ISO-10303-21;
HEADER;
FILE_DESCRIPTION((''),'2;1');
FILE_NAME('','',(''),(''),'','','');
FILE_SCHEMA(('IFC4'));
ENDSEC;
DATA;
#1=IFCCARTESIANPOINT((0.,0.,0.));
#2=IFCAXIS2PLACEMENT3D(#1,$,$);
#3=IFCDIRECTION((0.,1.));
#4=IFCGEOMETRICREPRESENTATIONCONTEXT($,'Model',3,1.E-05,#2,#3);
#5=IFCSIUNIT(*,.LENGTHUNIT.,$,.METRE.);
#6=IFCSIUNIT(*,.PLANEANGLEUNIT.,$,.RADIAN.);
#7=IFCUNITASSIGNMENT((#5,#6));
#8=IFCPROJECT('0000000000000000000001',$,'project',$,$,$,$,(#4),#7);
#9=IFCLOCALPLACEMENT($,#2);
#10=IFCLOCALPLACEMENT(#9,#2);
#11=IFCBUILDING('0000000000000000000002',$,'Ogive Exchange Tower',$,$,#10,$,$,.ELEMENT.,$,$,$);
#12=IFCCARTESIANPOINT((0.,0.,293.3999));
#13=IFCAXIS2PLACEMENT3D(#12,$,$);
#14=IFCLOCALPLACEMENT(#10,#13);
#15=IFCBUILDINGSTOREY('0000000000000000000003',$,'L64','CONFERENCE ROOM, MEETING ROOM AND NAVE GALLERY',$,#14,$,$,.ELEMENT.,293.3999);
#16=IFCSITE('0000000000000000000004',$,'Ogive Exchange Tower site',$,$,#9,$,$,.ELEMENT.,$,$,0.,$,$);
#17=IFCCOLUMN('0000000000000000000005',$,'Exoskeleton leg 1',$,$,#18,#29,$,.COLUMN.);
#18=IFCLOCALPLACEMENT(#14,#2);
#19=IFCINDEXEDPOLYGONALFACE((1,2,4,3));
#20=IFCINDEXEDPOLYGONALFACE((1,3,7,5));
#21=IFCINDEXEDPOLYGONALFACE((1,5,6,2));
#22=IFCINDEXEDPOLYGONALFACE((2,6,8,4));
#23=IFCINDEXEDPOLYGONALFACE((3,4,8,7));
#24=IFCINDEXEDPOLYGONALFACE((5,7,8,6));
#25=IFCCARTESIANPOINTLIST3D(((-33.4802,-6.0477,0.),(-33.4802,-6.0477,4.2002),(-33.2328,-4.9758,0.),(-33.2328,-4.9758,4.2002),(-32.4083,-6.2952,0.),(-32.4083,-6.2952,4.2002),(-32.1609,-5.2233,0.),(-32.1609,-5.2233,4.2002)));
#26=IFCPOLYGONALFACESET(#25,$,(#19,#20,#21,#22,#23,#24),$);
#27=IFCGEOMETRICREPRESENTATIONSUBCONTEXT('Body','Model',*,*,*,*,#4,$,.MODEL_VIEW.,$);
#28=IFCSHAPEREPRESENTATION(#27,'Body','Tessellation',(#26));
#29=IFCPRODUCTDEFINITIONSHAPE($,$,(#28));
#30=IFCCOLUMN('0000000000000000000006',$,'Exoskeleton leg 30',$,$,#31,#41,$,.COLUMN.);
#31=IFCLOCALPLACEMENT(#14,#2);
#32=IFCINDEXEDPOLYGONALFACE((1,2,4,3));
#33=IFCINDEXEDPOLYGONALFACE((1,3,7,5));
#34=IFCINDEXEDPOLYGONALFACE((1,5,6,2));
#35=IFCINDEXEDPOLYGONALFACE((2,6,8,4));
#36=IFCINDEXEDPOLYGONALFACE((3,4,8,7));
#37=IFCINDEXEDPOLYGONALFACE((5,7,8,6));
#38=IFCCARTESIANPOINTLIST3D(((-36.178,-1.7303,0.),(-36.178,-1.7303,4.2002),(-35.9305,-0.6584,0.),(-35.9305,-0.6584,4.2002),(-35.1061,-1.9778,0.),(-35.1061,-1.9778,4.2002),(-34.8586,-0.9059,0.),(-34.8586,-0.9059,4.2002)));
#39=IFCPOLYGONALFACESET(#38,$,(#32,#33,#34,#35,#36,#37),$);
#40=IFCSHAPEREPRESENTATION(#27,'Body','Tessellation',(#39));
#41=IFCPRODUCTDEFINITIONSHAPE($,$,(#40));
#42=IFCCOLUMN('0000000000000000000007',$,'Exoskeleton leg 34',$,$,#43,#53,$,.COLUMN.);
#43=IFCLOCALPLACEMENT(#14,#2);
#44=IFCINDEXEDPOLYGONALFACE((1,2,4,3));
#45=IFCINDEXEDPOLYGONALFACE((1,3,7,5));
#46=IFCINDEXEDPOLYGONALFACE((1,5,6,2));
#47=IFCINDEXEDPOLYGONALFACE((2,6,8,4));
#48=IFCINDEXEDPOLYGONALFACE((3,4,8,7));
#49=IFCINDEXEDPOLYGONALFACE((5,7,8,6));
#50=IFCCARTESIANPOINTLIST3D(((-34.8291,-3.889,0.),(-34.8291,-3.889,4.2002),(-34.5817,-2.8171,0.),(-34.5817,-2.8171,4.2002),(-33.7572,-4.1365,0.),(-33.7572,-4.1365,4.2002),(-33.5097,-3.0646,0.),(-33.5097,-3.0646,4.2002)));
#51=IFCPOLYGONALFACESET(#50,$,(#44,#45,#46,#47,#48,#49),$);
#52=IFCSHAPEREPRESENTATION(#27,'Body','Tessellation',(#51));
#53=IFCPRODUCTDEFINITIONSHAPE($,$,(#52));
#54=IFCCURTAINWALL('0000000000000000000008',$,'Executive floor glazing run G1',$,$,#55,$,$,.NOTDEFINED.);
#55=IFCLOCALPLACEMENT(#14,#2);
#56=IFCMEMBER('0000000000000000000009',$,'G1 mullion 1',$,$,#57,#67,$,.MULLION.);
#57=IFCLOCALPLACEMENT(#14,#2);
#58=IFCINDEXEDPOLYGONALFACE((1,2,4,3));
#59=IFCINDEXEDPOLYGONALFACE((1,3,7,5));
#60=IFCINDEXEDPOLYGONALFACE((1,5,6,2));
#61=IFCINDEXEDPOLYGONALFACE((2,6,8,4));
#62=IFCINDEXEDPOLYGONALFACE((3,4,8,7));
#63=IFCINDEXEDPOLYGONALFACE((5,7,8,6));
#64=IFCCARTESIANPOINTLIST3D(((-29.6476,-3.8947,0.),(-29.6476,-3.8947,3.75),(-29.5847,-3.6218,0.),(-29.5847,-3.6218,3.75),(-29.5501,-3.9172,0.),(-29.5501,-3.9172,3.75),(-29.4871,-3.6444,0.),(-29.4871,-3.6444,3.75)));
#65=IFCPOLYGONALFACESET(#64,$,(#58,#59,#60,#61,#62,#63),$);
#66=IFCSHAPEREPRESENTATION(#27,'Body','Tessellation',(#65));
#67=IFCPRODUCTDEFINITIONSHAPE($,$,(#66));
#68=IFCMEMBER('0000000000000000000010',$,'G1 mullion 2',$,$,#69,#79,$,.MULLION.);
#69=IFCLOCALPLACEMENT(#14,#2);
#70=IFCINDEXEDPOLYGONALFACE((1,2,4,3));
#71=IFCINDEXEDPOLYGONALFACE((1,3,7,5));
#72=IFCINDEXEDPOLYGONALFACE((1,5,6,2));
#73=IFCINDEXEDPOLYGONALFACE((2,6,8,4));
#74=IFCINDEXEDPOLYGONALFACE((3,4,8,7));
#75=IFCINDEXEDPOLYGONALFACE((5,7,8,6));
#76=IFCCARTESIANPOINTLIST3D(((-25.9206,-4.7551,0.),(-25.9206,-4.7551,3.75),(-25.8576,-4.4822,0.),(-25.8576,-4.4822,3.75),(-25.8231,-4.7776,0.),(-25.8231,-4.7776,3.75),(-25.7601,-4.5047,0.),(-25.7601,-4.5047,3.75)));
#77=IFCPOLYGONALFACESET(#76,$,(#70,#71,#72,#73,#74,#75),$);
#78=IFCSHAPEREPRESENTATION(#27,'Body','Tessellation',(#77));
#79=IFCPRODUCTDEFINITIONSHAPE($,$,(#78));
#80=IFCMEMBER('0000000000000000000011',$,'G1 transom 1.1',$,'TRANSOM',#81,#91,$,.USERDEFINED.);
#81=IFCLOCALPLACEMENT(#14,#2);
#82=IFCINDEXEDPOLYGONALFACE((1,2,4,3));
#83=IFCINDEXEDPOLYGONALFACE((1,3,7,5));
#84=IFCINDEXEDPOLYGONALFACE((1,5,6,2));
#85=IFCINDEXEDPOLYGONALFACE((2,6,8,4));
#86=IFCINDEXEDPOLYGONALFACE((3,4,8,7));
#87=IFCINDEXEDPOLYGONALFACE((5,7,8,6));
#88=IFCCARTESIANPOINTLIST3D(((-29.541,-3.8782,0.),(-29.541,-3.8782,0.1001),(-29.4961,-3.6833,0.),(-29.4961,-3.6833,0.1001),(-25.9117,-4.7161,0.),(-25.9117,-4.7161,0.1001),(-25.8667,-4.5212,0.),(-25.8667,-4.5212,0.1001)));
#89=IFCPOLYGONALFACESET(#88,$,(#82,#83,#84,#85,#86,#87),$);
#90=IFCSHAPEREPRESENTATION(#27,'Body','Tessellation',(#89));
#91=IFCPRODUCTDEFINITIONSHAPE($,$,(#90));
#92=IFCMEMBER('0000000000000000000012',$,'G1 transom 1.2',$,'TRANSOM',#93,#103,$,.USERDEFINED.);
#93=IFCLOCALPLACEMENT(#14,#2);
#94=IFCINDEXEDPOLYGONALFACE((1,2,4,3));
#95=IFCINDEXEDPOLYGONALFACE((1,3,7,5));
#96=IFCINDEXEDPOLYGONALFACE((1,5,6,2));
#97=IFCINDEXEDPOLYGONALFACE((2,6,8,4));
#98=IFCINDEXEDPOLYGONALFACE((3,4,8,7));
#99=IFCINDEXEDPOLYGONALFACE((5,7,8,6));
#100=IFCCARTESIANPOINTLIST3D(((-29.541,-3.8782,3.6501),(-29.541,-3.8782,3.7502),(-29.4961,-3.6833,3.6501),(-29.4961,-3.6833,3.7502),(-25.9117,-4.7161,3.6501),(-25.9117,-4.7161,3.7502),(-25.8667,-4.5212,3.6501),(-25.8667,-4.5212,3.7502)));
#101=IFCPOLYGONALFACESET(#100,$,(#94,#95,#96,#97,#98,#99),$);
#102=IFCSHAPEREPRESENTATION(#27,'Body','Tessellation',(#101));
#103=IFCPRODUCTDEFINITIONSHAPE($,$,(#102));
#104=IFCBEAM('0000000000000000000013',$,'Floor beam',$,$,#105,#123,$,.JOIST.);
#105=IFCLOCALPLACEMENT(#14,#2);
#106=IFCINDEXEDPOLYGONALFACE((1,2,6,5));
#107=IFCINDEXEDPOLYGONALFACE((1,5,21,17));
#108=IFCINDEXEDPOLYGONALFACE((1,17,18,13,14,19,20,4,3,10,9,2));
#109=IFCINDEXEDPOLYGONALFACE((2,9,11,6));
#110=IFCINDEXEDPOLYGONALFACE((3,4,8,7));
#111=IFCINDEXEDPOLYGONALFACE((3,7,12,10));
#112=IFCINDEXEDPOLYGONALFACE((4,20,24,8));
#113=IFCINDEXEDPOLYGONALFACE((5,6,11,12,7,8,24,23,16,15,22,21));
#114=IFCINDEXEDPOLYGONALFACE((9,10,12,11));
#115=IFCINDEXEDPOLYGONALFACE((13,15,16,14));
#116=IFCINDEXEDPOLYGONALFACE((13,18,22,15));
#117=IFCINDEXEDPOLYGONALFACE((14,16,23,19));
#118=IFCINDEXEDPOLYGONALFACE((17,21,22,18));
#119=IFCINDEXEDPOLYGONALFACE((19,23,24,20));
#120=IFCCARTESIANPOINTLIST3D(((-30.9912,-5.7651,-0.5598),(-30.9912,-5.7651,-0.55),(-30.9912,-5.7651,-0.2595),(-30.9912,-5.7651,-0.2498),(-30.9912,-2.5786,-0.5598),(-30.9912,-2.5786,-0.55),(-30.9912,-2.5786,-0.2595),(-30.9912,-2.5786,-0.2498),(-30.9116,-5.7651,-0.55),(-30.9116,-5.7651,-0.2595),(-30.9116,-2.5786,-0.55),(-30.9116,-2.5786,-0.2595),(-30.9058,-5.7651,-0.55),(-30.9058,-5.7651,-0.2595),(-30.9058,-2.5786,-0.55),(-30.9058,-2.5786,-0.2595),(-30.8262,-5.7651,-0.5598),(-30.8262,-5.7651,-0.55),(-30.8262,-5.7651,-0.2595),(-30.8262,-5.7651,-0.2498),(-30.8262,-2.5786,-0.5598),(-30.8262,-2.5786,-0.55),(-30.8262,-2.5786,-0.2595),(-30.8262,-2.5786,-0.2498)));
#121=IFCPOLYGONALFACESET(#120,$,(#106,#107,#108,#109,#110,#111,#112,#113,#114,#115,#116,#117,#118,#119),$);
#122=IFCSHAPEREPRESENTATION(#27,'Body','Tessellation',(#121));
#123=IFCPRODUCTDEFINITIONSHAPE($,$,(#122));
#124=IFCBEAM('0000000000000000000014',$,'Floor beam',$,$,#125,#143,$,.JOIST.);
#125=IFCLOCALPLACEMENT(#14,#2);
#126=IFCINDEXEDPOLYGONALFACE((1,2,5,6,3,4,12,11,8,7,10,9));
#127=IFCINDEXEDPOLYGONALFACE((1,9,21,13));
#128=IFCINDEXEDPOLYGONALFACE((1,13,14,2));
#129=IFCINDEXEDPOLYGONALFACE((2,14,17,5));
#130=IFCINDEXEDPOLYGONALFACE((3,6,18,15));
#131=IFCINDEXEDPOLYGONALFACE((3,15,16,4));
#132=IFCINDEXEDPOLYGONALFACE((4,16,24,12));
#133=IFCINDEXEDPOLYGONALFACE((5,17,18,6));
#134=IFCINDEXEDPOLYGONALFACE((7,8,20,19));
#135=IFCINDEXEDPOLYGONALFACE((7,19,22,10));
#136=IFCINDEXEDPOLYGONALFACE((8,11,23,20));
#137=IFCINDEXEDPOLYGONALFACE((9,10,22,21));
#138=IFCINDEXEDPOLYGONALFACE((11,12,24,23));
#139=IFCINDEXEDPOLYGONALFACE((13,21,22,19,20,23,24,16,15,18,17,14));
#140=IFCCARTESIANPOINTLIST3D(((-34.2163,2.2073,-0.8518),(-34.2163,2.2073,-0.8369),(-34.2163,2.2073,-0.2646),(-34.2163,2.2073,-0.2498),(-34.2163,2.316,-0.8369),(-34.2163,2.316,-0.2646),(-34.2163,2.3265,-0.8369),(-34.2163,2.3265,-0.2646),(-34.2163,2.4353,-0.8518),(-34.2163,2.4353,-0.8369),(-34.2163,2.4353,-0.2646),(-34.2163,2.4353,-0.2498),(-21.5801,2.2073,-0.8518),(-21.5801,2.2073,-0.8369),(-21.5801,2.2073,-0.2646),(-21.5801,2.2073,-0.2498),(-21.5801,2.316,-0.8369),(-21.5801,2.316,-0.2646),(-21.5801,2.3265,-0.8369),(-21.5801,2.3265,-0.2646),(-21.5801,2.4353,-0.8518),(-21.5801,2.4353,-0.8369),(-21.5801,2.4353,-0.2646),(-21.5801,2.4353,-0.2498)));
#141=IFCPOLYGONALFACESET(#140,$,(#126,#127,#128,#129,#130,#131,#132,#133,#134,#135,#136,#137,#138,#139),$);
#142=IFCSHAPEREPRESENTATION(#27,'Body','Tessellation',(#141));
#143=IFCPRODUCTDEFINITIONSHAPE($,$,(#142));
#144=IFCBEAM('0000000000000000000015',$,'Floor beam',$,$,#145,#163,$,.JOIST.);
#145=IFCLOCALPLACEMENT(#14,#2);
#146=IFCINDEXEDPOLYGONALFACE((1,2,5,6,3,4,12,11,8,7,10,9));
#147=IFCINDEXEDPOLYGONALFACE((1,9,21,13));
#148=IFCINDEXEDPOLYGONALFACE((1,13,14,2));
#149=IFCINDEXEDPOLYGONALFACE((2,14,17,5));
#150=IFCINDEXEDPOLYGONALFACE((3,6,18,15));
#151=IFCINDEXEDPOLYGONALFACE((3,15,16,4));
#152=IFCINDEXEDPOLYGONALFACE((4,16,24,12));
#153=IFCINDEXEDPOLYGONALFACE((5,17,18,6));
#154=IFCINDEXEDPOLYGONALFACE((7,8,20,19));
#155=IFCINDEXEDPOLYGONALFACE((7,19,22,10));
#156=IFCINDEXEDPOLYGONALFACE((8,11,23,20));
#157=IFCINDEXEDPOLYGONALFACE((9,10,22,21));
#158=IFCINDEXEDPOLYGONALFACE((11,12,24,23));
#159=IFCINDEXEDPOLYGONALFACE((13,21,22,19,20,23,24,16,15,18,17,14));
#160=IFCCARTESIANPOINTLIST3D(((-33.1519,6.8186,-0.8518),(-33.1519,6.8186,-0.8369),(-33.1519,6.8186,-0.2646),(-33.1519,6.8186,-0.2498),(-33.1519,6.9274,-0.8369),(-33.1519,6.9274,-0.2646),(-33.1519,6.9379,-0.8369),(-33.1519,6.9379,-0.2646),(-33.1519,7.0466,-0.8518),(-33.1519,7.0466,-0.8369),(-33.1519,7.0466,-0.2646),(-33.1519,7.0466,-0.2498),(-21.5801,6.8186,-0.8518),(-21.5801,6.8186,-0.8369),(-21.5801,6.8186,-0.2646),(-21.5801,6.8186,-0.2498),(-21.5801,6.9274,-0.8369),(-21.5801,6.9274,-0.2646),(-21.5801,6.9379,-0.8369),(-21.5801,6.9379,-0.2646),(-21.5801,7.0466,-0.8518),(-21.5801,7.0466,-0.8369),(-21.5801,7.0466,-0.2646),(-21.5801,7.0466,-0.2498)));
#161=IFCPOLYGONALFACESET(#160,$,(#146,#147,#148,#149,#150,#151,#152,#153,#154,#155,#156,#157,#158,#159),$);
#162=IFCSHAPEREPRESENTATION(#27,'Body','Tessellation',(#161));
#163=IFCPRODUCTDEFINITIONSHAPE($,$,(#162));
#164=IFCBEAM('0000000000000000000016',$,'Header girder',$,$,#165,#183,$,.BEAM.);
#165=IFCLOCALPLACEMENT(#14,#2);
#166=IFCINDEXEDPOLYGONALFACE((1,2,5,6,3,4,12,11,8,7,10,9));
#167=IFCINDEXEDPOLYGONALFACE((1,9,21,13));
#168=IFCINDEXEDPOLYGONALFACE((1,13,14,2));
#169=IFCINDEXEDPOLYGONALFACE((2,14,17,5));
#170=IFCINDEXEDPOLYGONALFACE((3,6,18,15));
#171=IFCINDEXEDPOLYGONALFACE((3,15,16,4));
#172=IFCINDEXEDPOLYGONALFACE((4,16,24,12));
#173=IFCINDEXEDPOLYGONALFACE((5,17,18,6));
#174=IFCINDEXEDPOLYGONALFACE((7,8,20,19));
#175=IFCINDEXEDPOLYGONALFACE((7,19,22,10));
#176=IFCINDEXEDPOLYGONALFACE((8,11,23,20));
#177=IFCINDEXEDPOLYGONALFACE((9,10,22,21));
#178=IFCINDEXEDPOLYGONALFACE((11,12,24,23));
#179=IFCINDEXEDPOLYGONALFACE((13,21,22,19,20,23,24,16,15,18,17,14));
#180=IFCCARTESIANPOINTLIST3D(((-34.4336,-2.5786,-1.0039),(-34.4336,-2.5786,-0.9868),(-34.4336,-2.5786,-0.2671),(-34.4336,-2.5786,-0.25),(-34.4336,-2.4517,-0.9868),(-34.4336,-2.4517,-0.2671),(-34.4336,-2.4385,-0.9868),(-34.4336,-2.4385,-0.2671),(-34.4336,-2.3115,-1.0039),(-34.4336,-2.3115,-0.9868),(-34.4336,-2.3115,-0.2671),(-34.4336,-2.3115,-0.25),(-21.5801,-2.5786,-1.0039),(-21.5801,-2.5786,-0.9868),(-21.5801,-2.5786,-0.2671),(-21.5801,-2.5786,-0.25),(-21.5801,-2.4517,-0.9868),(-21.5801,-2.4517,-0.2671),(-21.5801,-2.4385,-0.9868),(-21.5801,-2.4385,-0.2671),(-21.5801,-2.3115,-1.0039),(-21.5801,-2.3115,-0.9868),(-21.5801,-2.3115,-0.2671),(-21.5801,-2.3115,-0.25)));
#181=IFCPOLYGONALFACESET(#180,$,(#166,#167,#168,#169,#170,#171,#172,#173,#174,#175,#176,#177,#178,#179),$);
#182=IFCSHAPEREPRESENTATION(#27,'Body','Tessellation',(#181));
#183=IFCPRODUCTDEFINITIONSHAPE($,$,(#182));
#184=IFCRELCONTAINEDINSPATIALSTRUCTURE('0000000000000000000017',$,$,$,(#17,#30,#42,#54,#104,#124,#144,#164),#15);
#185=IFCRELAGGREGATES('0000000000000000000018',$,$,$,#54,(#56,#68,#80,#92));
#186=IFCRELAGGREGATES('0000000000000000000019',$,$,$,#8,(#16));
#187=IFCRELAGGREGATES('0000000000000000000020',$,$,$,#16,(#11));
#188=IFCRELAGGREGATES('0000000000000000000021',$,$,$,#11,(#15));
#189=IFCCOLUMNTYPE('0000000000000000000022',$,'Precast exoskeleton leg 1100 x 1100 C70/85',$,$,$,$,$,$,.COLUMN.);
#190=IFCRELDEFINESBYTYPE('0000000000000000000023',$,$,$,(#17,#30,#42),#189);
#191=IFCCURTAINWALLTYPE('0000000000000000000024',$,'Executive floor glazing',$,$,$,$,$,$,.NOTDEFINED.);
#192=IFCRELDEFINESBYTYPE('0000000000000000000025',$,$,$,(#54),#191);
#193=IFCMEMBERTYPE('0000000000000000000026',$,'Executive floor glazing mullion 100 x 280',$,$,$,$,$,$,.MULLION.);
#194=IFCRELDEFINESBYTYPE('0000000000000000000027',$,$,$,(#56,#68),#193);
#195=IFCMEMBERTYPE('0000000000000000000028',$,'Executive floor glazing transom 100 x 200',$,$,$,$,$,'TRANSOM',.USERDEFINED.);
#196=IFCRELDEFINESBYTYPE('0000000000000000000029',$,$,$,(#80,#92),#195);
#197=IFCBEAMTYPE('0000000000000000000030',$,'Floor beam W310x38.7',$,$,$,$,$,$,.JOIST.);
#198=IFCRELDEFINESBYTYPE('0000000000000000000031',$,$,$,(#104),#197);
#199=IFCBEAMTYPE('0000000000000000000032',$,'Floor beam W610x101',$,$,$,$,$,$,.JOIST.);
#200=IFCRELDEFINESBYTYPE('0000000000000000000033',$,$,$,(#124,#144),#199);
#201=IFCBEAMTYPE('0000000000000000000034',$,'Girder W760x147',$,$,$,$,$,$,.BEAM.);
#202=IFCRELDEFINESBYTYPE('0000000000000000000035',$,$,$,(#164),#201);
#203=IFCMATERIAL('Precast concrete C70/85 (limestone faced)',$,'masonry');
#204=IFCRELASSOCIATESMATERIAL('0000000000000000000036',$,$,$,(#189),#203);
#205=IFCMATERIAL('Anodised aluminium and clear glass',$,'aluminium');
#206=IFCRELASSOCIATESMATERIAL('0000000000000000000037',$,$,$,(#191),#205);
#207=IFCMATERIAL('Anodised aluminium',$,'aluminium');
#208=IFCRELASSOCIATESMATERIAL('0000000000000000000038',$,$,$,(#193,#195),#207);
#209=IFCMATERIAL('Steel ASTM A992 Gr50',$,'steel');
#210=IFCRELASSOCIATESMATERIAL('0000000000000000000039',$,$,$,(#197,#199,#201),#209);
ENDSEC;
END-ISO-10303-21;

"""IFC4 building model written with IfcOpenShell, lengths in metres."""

from ifc_helpers import new_model, si_unit, direction, frame, origin, origin_2d, place, context, subcontext, project, spatial, rectangle, i_section, extrude, material, material_profile, profile_set, type_object, element, aggregate, save


model = new_model("IFC4")

# Units and contexts
model_context = context("Model", 3, precision=1e-05, world=origin(), true_north=direction((0.0, 1.0)))
body_context = subcontext(model_context, "Body", "Model", "MODEL_VIEW")
ifc_project = project(units=[si_unit("LENGTHUNIT", "METRE"), si_unit("PLANEANGLEUNIT", "RADIAN")], contexts=[model_context])

# Site, building, storey
site_placement = place(None, origin())
site = spatial("IfcSite", under=ifc_project, at=site_placement, Name="Ogive Exchange Tower site", CompositionType="ELEMENT", RefElevation=0.0)
building_placement = place(site_placement, origin())
building = spatial("IfcBuilding", under=site, at=building_placement, Name="Ogive Exchange Tower", CompositionType="ELEMENT")
storey_placement = place(building_placement, frame((0.0, 0.0, 293.3999)))
storey = spatial("IfcBuildingStorey", under=building, at=storey_placement, Name="L64", Description="CONFERENCE ROOM, MEETING ROOM AND NAVE GALLERY", CompositionType="ELEMENT", Elevation=293.3999)

# Columns
ifc_material_1 = material(Name="Precast concrete C70/85 (limestone faced)", Category="masonry")
ifc_material_profile_1 = material_profile(ifc_material_1, rectangle(XDim=1.1001, YDim=1.1001, at=origin_2d()), Name="1100 x 1100")
ifc_profile_set_1 = profile_set([ifc_material_profile_1], Name="Precast concrete C70/85 (limestone faced)")
column_type = type_object("IfcColumnType", Name="Precast exoskeleton leg 1100 x 1100 C70/85", PredefinedType="COLUMN", material=ifc_profile_set_1)
for number, where, z_axis, x_axis, name in (
    (1, (-32.8206, -5.6355, 0.0), (0.0, 0.0, 1.0), (0.97437, -0.224951, 0.0), "Exoskeleton leg 1"),
    (2, (-35.5183, -1.3181, 0.0), (0.0, 0.0, 1.0), (0.97437, -0.224951, 0.0), "Exoskeleton leg 30"),
    (3, (-34.1694, -3.4768, 0.0), (0.0, 0.0, 1.0), (0.97437, -0.224951, 0.0), "Exoskeleton leg 34"),
):
    element("IfcColumn", number, at=place(storey_placement, frame(where, z_axis=z_axis, x_axis=x_axis)), inside=storey, type_object=column_type, Name=name, PredefinedType="COLUMN", context=body_context, shape_type="SweptSolid", body=[
        extrude(rectangle(XDim=1.1001, YDim=1.1001, at=origin_2d()), origin(), (0.0, 0.0, 1.0), 4.2002),
    ])

# Curtain wall, members
ifc_material_2 = material(Name="Anodised aluminium and clear glass", Category="aluminium")
curtain_wall_type = type_object("IfcCurtainWallType", Name="Executive floor glazing", PredefinedType="NOTDEFINED", material=ifc_material_2)
curtain_wall_placement = place(storey_placement, origin())
curtain_wall = element("IfcCurtainWall", 4, at=curtain_wall_placement, inside=storey, type_object=curtain_wall_type, Name="Executive floor glazing run G1", PredefinedType="NOTDEFINED")
ifc_material_3 = material(Name="Anodised aluminium", Category="aluminium")
ifc_material_profile_2 = material_profile(ifc_material_3, rectangle(XDim=0.28, YDim=0.1001, at=origin_2d()), Name="AL 100x280")
ifc_profile_set_2 = profile_set([ifc_material_profile_2], Name="Anodised aluminium")
member_type_1 = type_object("IfcMemberType", Name="Executive floor glazing mullion 100 x 280", PredefinedType="MULLION", material=ifc_profile_set_2)
member_1_placement = place(storey_placement, frame((-29.5674, -3.7695, 0.0), z_axis=(0.0, 0.0, 1.0), x_axis=(0.224954, 0.974369, 0.0)))
member_1 = element("IfcMember", 5, at=member_1_placement, type_object=member_type_1, Name="G1 mullion 1", PredefinedType="MULLION", context=body_context, shape_type="SweptSolid", body=[
    extrude(rectangle(XDim=0.28, YDim=0.1001, at=origin_2d()), origin(), (0.0, 0.0, 1.0), 3.75),
])
member_2_placement = place(storey_placement, frame((-25.8403, -4.6299, 0.0), z_axis=(0.0, 0.0, 1.0), x_axis=(0.224954, 0.974369, 0.0)))
member_2 = element("IfcMember", 6, at=member_2_placement, type_object=member_type_1, Name="G1 mullion 2", PredefinedType="MULLION", context=body_context, shape_type="SweptSolid", body=[
    extrude(rectangle(XDim=0.28, YDim=0.1001, at=origin_2d()), origin(), (0.0, 0.0, 1.0), 3.75),
])
ifc_material_profile_3 = material_profile(ifc_material_3, rectangle(XDim=0.2, YDim=0.1001, at=origin_2d()), Name="AL 100x200")
ifc_profile_set_3 = profile_set([ifc_material_profile_3], Name="Anodised aluminium")
member_type_2 = type_object("IfcMemberType", Name="Executive floor glazing transom 100 x 200", ElementType="TRANSOM", PredefinedType="USERDEFINED", material=ifc_profile_set_3)
member_3_placement = place(storey_placement, frame((-29.5186, -3.7808, 0.05), z_axis=(0.974371, -0.224946, 0.0), x_axis=(0.224946, 0.974371, 0.0)))
member_3 = element("IfcMember", 7, at=member_3_placement, type_object=member_type_2, Name="G1 transom 1.1", ObjectType="TRANSOM", PredefinedType="USERDEFINED", context=body_context, shape_type="SweptSolid", body=[
    extrude(rectangle(XDim=0.2, YDim=0.1001, at=origin_2d()), origin(), (0.0, 0.0, 1.0), 3.7249),
])
member_4_placement = place(storey_placement, frame((-29.5186, -3.7808, 3.7002), z_axis=(0.974371, -0.224946, 0.0), x_axis=(0.224946, 0.974371, 0.0)))
member_4 = element("IfcMember", 8, at=member_4_placement, type_object=member_type_2, Name="G1 transom 1.2", ObjectType="TRANSOM", PredefinedType="USERDEFINED", context=body_context, shape_type="SweptSolid", body=[
    extrude(rectangle(XDim=0.2, YDim=0.1001, at=origin_2d()), origin(), (0.0, 0.0, 1.0), 3.7249),
])

# Beams
ifc_material_4 = material(Name="Steel ASTM A992 Gr50", Category="steel")
ifc_material_profile_4 = material_profile(ifc_material_4, i_section(OverallWidth=0.165, OverallDepth=0.3101, WebThickness=0.0059, FlangeThickness=0.0098, at=origin_2d()), Name="W310x38.7")
ifc_profile_set_4 = profile_set([ifc_material_profile_4], Name="Steel ASTM A992 Gr50")
beam_type_1 = type_object("IfcBeamType", Name="Floor beam W310x38.7", PredefinedType="JOIST", material=ifc_profile_set_4)
beam_1_placement = place(storey_placement, frame((-30.9087, -5.7651, -0.4048), z_axis=(0.0, 1.0, 0.0), x_axis=(-1.0, 0.0, 0.0)))
element("IfcBeam", 9, at=beam_1_placement, inside=storey, type_object=beam_type_1, Name="Floor beam", PredefinedType="JOIST", context=body_context, shape_type="SweptSolid", body=[
    extrude(i_section(OverallWidth=0.165, OverallDepth=0.3101, WebThickness=0.0059, FlangeThickness=0.0098, at=origin_2d()), origin(), (0.0, 0.0, 1.0), 3.1865),
])
ifc_material_profile_5 = material_profile(ifc_material_4, i_section(OverallWidth=0.228, OverallDepth=0.6021, WebThickness=0.0105, FlangeThickness=0.0149, at=origin_2d()), Name="W610x101")
ifc_profile_set_5 = profile_set([ifc_material_profile_5], Name="Steel ASTM A992 Gr50")
beam_type_2 = type_object("IfcBeamType", Name="Floor beam W610x101", PredefinedType="JOIST", material=ifc_profile_set_5)
beam_2_placement = place(storey_placement, frame((-34.2163, 2.3213, -0.5508), z_axis=(1.0, 0.0, 0.0), x_axis=(0.0, 1.0, 0.0)))
element("IfcBeam", 10, at=beam_2_placement, inside=storey, type_object=beam_type_2, Name="Floor beam", PredefinedType="JOIST", context=body_context, shape_type="SweptSolid", body=[
    extrude(i_section(OverallWidth=0.228, OverallDepth=0.6021, WebThickness=0.0105, FlangeThickness=0.0149, at=origin_2d()), origin(), (0.0, 0.0, 1.0), 12.6362),
])
beam_3_placement = place(storey_placement, frame((-33.1519, 6.9326, -0.5508), z_axis=(1.0, 0.0, 0.0), x_axis=(0.0, 1.0, 0.0)))
element("IfcBeam", 11, at=beam_3_placement, inside=storey, type_object=beam_type_2, Name="Floor beam", PredefinedType="JOIST", context=body_context, shape_type="SweptSolid", body=[
    extrude(i_section(OverallWidth=0.228, OverallDepth=0.6021, WebThickness=0.0105, FlangeThickness=0.0149, at=origin_2d()), origin(), (0.0, 0.0, 1.0), 11.5718),
])
ifc_material_profile_6 = material_profile(ifc_material_4, i_section(OverallWidth=0.2671, OverallDepth=0.7539, WebThickness=0.0132, FlangeThickness=0.0171, at=origin_2d()), Name="W760x147")
ifc_profile_set_6 = profile_set([ifc_material_profile_6], Name="Steel ASTM A992 Gr50")
beam_type_3 = type_object("IfcBeamType", Name="Girder W760x147", PredefinedType="BEAM", material=ifc_profile_set_6)
beam_4_placement = place(storey_placement, frame((-34.4336, -2.4451, -0.627), z_axis=(1.0, 0.0, 0.0), x_axis=(0.0, 1.0, 0.0)))
element("IfcBeam", 12, at=beam_4_placement, inside=storey, type_object=beam_type_3, Name="Header girder", PredefinedType="BEAM", context=body_context, shape_type="SweptSolid", body=[
    extrude(i_section(OverallWidth=0.2671, OverallDepth=0.7539, WebThickness=0.0132, FlangeThickness=0.0171, at=origin_2d()), origin(), (0.0, 0.0, 1.0), 12.8535),
])

aggregate(curtain_wall, [member_1, member_2, member_3, member_4])

save(model, "model.ifc")
